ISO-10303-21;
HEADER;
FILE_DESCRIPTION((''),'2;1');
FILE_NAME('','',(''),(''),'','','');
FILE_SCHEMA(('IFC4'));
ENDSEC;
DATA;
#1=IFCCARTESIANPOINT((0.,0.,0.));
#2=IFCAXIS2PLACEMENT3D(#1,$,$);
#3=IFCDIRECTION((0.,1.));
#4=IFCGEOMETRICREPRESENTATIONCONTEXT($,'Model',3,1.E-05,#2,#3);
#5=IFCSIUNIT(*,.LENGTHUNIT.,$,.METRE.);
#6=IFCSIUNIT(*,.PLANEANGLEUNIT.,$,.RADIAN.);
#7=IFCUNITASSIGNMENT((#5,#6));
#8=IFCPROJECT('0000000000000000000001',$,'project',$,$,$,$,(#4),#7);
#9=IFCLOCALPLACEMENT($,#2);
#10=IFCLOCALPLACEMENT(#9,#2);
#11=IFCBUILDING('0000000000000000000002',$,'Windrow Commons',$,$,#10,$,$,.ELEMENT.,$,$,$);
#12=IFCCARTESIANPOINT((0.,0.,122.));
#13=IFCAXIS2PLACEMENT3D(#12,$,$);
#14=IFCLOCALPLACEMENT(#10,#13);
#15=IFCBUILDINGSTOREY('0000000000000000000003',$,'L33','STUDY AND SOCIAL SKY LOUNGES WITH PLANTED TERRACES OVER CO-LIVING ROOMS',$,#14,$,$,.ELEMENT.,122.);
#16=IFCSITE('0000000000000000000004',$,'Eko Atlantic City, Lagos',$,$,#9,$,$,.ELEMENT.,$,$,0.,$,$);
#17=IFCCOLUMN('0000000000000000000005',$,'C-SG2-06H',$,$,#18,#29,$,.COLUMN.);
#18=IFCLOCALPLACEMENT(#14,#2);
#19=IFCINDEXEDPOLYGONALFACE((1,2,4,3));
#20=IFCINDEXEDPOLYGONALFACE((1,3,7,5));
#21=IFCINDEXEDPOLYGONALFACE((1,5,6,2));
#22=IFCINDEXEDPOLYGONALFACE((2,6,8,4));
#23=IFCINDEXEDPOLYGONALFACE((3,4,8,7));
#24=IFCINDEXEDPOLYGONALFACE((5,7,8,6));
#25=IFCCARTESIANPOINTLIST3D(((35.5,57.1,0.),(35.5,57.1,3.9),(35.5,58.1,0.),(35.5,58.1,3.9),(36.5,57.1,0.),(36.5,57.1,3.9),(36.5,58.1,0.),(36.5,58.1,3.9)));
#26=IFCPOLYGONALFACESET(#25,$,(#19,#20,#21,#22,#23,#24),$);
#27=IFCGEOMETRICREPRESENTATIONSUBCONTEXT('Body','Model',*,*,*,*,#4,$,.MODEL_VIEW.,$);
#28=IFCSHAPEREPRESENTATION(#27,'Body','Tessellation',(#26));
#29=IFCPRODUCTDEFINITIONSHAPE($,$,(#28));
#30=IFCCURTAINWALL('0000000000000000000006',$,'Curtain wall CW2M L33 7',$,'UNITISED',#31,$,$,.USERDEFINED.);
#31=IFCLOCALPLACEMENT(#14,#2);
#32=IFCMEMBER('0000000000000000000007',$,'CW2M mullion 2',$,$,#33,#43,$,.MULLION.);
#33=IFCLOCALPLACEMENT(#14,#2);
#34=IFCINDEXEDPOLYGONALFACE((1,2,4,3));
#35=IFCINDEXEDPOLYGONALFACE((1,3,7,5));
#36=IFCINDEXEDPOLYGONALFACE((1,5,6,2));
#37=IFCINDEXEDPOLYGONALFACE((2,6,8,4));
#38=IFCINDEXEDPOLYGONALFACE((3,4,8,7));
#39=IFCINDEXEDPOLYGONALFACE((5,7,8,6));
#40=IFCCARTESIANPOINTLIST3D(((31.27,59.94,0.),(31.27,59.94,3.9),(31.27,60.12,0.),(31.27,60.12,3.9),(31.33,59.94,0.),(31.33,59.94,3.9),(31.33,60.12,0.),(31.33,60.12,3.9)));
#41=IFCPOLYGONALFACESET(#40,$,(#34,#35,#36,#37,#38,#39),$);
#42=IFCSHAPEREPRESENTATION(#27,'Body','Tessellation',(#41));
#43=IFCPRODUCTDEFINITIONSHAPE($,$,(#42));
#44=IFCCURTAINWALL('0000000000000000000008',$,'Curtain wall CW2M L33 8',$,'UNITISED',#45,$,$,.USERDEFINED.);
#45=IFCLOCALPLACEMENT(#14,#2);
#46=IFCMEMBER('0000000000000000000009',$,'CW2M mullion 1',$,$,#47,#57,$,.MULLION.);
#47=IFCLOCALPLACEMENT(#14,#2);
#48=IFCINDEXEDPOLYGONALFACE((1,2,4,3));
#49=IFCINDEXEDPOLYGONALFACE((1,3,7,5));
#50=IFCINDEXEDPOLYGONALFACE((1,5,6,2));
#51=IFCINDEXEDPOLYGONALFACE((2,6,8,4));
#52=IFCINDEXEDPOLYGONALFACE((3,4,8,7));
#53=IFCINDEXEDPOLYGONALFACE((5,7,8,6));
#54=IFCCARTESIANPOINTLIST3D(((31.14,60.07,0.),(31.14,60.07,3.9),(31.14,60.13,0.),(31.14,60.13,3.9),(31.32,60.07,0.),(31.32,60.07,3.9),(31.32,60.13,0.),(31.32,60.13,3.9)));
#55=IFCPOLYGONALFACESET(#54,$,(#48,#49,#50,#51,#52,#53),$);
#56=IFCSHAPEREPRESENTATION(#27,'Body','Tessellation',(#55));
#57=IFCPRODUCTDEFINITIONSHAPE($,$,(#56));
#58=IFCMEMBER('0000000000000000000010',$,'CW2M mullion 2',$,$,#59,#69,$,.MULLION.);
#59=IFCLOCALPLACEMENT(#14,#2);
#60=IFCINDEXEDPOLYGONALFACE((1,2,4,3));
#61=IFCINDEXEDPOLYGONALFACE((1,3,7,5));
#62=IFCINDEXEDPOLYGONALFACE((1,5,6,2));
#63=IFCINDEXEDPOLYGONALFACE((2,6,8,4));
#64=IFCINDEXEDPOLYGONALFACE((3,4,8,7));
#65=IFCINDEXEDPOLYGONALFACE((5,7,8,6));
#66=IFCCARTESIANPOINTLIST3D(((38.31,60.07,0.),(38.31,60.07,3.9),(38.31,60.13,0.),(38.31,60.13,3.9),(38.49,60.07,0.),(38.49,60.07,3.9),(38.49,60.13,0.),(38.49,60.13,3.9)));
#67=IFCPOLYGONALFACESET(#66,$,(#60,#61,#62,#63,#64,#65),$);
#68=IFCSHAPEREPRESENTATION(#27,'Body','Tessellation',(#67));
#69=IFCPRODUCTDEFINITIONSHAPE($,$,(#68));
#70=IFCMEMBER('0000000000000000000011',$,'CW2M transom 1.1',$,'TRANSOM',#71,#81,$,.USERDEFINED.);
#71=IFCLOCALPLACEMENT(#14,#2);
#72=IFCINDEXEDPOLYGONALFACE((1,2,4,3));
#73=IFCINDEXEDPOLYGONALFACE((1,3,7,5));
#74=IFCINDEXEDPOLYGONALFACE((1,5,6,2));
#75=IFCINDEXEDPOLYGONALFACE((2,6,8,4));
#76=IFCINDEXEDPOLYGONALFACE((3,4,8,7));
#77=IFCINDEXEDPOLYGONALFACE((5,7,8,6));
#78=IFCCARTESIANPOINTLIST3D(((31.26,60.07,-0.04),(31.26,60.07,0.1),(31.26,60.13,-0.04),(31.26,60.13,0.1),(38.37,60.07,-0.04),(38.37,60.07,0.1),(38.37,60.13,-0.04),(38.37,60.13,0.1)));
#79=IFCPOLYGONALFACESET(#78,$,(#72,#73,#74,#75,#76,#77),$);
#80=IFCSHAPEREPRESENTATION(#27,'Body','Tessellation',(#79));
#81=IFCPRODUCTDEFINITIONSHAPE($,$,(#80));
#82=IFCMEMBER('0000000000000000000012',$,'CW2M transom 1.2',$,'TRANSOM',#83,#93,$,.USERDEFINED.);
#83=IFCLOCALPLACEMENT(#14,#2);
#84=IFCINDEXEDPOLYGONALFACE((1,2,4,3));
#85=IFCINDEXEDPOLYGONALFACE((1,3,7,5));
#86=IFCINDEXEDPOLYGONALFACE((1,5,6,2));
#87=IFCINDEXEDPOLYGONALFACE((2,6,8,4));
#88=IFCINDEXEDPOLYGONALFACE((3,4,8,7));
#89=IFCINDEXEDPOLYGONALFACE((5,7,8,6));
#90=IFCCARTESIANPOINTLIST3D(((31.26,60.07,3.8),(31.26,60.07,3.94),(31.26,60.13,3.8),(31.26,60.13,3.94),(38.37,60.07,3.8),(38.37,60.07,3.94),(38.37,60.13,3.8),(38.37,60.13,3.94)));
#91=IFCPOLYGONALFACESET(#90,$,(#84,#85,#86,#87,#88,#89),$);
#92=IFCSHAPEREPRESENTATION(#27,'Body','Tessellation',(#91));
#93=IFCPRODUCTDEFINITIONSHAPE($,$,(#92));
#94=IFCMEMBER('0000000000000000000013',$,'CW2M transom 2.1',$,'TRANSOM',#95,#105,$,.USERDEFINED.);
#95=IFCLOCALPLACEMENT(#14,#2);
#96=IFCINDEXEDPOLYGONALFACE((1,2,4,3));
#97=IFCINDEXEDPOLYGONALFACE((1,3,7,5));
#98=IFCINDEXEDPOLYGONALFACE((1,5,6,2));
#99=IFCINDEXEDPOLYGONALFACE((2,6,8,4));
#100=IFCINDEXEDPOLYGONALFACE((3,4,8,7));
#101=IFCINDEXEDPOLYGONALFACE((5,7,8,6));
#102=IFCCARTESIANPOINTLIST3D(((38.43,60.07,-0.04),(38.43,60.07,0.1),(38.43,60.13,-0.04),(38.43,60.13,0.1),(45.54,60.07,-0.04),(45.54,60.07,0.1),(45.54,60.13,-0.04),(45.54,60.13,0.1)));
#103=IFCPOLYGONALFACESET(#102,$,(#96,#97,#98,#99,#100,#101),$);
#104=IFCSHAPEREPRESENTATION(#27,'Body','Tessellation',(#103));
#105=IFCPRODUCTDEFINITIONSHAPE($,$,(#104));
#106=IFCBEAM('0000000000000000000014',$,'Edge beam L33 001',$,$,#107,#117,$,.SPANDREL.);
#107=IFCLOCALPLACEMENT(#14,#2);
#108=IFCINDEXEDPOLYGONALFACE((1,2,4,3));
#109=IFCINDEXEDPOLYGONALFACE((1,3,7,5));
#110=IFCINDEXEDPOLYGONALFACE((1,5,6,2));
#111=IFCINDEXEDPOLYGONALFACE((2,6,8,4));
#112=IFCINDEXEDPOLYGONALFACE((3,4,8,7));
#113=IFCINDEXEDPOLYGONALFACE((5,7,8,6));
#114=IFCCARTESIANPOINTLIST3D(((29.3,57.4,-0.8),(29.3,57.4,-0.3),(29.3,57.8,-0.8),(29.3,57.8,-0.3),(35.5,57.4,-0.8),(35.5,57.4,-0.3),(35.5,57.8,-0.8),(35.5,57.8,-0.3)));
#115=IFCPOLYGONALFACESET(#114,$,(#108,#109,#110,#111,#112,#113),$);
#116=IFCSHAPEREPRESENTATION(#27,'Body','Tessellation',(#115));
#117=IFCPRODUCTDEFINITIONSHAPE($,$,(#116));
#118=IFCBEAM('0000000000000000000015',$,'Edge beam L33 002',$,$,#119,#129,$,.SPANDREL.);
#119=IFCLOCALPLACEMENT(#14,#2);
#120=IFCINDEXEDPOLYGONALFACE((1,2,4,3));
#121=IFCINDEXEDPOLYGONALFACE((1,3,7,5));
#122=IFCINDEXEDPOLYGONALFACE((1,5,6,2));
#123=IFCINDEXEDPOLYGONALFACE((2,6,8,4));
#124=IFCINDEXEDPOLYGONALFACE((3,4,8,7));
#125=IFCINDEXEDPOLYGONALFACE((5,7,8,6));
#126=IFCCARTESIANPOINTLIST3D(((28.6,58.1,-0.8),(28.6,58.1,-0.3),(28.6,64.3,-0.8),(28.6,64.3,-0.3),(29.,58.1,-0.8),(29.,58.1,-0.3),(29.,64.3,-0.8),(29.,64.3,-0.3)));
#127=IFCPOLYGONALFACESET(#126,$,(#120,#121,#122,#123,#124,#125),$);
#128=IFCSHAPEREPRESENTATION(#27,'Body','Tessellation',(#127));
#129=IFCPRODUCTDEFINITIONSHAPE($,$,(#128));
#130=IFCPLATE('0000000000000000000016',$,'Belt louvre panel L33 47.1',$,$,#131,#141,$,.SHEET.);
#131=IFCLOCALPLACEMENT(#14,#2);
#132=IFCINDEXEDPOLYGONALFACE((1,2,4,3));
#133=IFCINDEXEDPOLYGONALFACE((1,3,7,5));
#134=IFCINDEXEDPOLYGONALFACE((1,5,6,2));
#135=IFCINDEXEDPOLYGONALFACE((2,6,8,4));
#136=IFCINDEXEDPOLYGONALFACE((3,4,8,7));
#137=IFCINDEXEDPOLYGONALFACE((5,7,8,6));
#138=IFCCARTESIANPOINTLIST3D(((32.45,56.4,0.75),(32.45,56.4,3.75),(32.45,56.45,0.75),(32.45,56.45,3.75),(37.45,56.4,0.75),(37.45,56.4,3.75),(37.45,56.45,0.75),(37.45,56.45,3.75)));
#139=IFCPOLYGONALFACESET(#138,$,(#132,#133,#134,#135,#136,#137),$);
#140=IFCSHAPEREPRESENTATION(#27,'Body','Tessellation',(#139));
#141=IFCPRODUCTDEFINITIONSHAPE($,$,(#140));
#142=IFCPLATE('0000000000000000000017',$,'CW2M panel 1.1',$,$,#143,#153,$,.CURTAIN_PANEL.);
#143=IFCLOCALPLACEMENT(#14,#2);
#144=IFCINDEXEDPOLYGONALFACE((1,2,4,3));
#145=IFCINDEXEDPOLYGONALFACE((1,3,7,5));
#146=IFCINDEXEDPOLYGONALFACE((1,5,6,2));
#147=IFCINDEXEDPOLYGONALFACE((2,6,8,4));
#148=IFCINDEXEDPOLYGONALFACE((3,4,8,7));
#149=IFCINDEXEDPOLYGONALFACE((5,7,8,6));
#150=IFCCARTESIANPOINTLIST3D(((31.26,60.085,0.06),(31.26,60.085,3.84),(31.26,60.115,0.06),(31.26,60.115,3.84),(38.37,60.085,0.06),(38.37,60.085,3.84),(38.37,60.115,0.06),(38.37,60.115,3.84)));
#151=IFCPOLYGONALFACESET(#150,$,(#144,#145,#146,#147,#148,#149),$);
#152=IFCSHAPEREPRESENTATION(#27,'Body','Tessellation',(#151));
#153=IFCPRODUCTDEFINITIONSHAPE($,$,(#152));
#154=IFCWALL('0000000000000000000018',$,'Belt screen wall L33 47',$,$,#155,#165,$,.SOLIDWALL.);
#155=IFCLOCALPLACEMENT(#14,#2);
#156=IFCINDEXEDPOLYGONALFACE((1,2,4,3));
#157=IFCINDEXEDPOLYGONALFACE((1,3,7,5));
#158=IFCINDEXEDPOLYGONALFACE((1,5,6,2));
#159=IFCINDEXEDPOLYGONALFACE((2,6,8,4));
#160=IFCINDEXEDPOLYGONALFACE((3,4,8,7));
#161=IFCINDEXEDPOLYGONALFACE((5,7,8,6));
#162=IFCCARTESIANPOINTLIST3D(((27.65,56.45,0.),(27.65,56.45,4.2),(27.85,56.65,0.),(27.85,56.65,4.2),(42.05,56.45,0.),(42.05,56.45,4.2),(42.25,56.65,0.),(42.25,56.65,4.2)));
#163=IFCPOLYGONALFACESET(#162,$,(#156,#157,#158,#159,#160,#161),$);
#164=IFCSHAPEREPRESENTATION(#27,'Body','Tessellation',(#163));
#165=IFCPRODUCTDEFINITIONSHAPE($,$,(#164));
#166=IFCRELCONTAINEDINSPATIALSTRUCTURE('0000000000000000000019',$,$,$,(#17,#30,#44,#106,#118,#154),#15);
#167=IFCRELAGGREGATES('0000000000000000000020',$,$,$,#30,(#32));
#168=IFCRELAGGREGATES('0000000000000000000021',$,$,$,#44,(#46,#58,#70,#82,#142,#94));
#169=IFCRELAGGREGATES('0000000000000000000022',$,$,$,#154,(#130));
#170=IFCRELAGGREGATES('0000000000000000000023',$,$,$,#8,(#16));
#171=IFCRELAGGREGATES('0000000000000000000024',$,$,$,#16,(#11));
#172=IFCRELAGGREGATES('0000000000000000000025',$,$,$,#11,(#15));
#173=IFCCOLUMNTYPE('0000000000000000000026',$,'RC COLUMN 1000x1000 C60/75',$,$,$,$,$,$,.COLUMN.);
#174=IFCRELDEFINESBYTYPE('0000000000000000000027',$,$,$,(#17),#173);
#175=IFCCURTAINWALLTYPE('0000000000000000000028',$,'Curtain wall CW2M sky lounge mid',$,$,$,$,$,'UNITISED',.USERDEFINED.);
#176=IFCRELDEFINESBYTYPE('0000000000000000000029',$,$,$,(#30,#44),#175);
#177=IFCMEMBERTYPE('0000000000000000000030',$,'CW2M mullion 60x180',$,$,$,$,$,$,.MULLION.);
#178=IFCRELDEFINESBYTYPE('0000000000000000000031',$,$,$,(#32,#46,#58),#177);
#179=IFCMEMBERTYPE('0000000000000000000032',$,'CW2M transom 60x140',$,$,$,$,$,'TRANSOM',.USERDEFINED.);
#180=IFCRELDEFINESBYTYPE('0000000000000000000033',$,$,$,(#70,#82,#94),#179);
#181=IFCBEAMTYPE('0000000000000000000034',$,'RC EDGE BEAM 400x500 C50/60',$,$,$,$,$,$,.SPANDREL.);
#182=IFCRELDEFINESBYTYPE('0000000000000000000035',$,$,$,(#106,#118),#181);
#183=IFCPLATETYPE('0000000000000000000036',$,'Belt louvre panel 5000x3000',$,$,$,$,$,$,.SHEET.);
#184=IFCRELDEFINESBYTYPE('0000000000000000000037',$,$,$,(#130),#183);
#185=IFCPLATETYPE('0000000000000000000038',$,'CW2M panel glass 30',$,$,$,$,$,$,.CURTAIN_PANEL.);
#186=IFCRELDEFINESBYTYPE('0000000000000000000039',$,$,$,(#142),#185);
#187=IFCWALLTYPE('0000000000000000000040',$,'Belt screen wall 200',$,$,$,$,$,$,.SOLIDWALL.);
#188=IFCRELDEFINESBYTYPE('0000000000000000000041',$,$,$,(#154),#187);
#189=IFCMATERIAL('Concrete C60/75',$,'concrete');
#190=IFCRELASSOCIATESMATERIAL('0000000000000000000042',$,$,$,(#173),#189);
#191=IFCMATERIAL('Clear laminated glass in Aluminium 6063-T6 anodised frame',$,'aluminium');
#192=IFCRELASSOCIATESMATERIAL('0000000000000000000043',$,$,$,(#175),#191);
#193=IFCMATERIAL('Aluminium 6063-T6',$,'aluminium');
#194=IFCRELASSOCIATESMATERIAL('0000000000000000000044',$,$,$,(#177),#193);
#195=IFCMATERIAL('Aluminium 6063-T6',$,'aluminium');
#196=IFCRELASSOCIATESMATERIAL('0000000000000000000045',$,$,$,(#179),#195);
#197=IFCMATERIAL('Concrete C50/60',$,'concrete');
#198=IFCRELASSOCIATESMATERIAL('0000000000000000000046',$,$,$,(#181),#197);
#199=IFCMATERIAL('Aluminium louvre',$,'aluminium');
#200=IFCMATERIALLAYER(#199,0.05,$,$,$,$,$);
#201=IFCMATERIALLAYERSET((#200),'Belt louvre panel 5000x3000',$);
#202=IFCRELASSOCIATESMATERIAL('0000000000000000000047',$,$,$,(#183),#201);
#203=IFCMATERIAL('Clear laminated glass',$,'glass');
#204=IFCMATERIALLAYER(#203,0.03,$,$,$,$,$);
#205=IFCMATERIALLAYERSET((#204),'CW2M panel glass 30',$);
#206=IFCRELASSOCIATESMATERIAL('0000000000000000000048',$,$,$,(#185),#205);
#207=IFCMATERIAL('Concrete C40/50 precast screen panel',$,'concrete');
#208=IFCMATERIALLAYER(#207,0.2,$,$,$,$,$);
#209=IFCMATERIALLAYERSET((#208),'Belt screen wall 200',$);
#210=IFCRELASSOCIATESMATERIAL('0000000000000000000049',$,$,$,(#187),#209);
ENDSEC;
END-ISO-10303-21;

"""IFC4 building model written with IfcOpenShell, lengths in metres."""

from ifc_helpers import new_model, si_unit, direction, frame, origin, origin_2d, place, context, subcontext, project, spatial, polyline, rectangle, outline, extrude, material, layer, layer_set, material_profile, profile_set, type_object, element, aggregate, save


model = new_model("IFC4")

# Units and contexts
model_context = context("Model", 3, precision=1e-05, world=origin(), true_north=direction((0.0, 1.0)))
body_context = subcontext(model_context, "Body", "Model", "MODEL_VIEW")
ifc_project = project(units=[si_unit("LENGTHUNIT", "METRE"), si_unit("PLANEANGLEUNIT", "RADIAN")], contexts=[model_context])

# Site, building, storey
site_placement = place(None, origin())
site = spatial("IfcSite", under=ifc_project, at=site_placement, Name="Eko Atlantic City, Lagos", CompositionType="ELEMENT", RefElevation=0.0)
building_placement = place(site_placement, origin())
building = spatial("IfcBuilding", under=site, at=building_placement, Name="Windrow Commons", CompositionType="ELEMENT")
storey_placement = place(building_placement, frame((0.0, 0.0, 122.0)))
storey = spatial("IfcBuildingStorey", under=building, at=storey_placement, Name="L33", Description="STUDY AND SOCIAL SKY LOUNGES WITH PLANTED TERRACES OVER CO-LIVING ROOMS", CompositionType="ELEMENT", Elevation=122.0)

# Column
ifc_material_1 = material(Name="Concrete C60/75", Category="concrete")
ifc_material_profile_1 = material_profile(ifc_material_1, rectangle(XDim=1.0, YDim=1.0, at=origin_2d()))
ifc_profile_set_1 = profile_set([ifc_material_profile_1], Name="Concrete C60/75")
column_type = type_object("IfcColumnType", Name="RC COLUMN 1000x1000 C60/75", PredefinedType="COLUMN", material=ifc_profile_set_1)
column_placement = place(storey_placement, frame((36.0, 57.6, 0.0), z_axis=(0.0, 0.0, 1.0), x_axis=(1.0, 0.0, 0.0)))
element("IfcColumn", 1, at=column_placement, inside=storey, type_object=column_type, Name="C-SG2-06H", PredefinedType="COLUMN", context=body_context, shape_type="SweptSolid", body=[
    extrude(rectangle(XDim=1.0, YDim=1.0, at=origin_2d()), origin(), (0.0, 0.0, 1.0), 3.9),
])

# Curtain wall, member
ifc_material_2 = material(Name="Clear laminated glass in Aluminium 6063-T6 anodised frame", Category="aluminium")
curtain_wall_type = type_object("IfcCurtainWallType", Name="Curtain wall CW2M sky lounge mid", ElementType="UNITISED", PredefinedType="USERDEFINED", material=ifc_material_2)
placement = place(storey_placement, origin())
curtain_wall_1 = element("IfcCurtainWall", 2, at=placement, inside=storey, type_object=curtain_wall_type, Name="Curtain wall CW2M L33 7", ObjectType="UNITISED", PredefinedType="USERDEFINED")
ifc_material_3 = material(Name="Aluminium 6063-T6", Category="aluminium")
ifc_material_profile_2 = material_profile(ifc_material_3, rectangle(XDim=0.06, YDim=0.18, at=origin_2d()))
ifc_profile_set_2 = profile_set([ifc_material_profile_2], Name="Aluminium 6063-T6")
member_type_1 = type_object("IfcMemberType", Name="CW2M mullion 60x180", PredefinedType="MULLION", material=ifc_profile_set_2)
member_1_placement = place(storey_placement, frame((31.3, 60.03, 0.0), z_axis=(0.0, 0.0, 1.0), x_axis=(1.0, 0.0, 0.0)))
member_1 = element("IfcMember", 3, at=member_1_placement, type_object=member_type_1, Name="CW2M mullion 2", PredefinedType="MULLION", context=body_context, shape_type="SweptSolid", body=[
    extrude(rectangle(XDim=0.06, YDim=0.18, at=origin_2d()), origin(), (0.0, 0.0, 1.0), 3.9),
])
aggregate(curtain_wall_1, [member_1])

# Curtain wall, members
curtain_wall_2 = element("IfcCurtainWall", 4, at=placement, inside=storey, type_object=curtain_wall_type, Name="Curtain wall CW2M L33 8", ObjectType="UNITISED", PredefinedType="USERDEFINED")
member_2_placement = place(storey_placement, frame((31.23, 60.1, 0.0), z_axis=(0.0, 0.0, 1.0), x_axis=(0.0, 1.0, 0.0)))
member_2 = element("IfcMember", 5, at=member_2_placement, type_object=member_type_1, Name="CW2M mullion 1", PredefinedType="MULLION", context=body_context, shape_type="SweptSolid", body=[
    extrude(rectangle(XDim=0.06, YDim=0.18, at=origin_2d()), origin(), (0.0, 0.0, 1.0), 3.9),
])
member_3_placement = place(storey_placement, frame((38.4, 60.1, 0.0), z_axis=(0.0, 0.0, 1.0), x_axis=(0.0, 1.0, 0.0)))
member_3 = element("IfcMember", 6, at=member_3_placement, type_object=member_type_1, Name="CW2M mullion 2", PredefinedType="MULLION", context=body_context, shape_type="SweptSolid", body=[
    extrude(rectangle(XDim=0.06, YDim=0.18, at=origin_2d()), origin(), (0.0, 0.0, 1.0), 3.9),
])
ifc_material_4 = material(Name="Aluminium 6063-T6", Category="aluminium")
ifc_material_profile_3 = material_profile(ifc_material_4, rectangle(XDim=0.06, YDim=0.14, at=origin_2d()))
ifc_profile_set_3 = profile_set([ifc_material_profile_3], Name="Aluminium 6063-T6")
member_type_2 = type_object("IfcMemberType", Name="CW2M transom 60x140", ElementType="TRANSOM", PredefinedType="USERDEFINED", material=ifc_profile_set_3)
member_4_placement = place(storey_placement, frame((31.26, 60.1, 0.03), z_axis=(1.0, 0.0, 0.0), x_axis=(0.0, 1.0, 0.0)))
member_4 = element("IfcMember", 7, at=member_4_placement, type_object=member_type_2, Name="CW2M transom 1.1", ObjectType="TRANSOM", PredefinedType="USERDEFINED", context=body_context, shape_type="SweptSolid", body=[
    extrude(rectangle(XDim=0.06, YDim=0.14, at=origin_2d()), origin(), (0.0, 0.0, 1.0), 7.11),
])
member_5_placement = place(storey_placement, frame((31.26, 60.1, 3.87), z_axis=(1.0, 0.0, 0.0), x_axis=(0.0, 1.0, 0.0)))
member_5 = element("IfcMember", 8, at=member_5_placement, type_object=member_type_2, Name="CW2M transom 1.2", ObjectType="TRANSOM", PredefinedType="USERDEFINED", context=body_context, shape_type="SweptSolid", body=[
    extrude(rectangle(XDim=0.06, YDim=0.14, at=origin_2d()), origin(), (0.0, 0.0, 1.0), 7.11),
])
member_6_placement = place(storey_placement, frame((38.43, 60.1, 0.03), z_axis=(1.0, 0.0, 0.0), x_axis=(0.0, 1.0, 0.0)))
member_6 = element("IfcMember", 9, at=member_6_placement, type_object=member_type_2, Name="CW2M transom 2.1", ObjectType="TRANSOM", PredefinedType="USERDEFINED", context=body_context, shape_type="SweptSolid", body=[
    extrude(rectangle(XDim=0.06, YDim=0.14, at=origin_2d()), origin(), (0.0, 0.0, 1.0), 7.11),
])

# Beams
ifc_material_5 = material(Name="Concrete C50/60", Category="concrete")
ifc_material_profile_4 = material_profile(ifc_material_5, rectangle(XDim=0.4, YDim=0.5, at=origin_2d()))
ifc_profile_set_4 = profile_set([ifc_material_profile_4], Name="Concrete C50/60")
beam_type = type_object("IfcBeamType", Name="RC EDGE BEAM 400x500 C50/60", PredefinedType="SPANDREL", material=ifc_profile_set_4)
for number, where, z_axis, x_axis, name in (
    (10, (35.5, 57.6, -0.55), (-1.0, 0.0, 0.0), (0.0, -1.0, 0.0), "Edge beam L33 001"),
    (11, (28.8, 58.1, -0.55), (0.0, 1.0, 0.0), (-1.0, 0.0, 0.0), "Edge beam L33 002"),
):
    element("IfcBeam", number, at=place(storey_placement, frame(where, z_axis=z_axis, x_axis=x_axis)), inside=storey, type_object=beam_type, Name=name, PredefinedType="SPANDREL", context=body_context, shape_type="SweptSolid", body=[
        extrude(rectangle(XDim=0.4, YDim=0.5, at=origin_2d()), origin(), (0.0, 0.0, 1.0), 6.2),
    ])

# Plates
ifc_material_6 = material(Name="Aluminium louvre", Category="aluminium")
ifc_layer_1 = layer(ifc_material_6, 0.05)
ifc_layer_set_1 = layer_set([ifc_layer_1], Name="Belt louvre panel 5000x3000")
plate_type_1 = type_object("IfcPlateType", Name="Belt louvre panel 5000x3000", PredefinedType="SHEET", material=ifc_layer_set_1)
plate_1_placement = place(storey_placement, frame((32.45, 56.4, 0.75), z_axis=(0.0, -1.0, 0.0), x_axis=(1.0, 0.0, 0.0)))
plate_1 = element("IfcPlate", 12, at=plate_1_placement, type_object=plate_type_1, Name="Belt louvre panel L33 47.1", PredefinedType="SHEET", context=body_context, shape_type="SweptSolid", body=[
    extrude(outline(polyline([(0.0, 0.0), (5.0, 0.0), (5.0, 3.0), (0.0, 3.0), (0.0, 0.0)])), origin(), (0.0, 0.0, -1.0), 0.05),
])
ifc_material_7 = material(Name="Clear laminated glass", Category="glass")
ifc_layer_2 = layer(ifc_material_7, 0.03)
ifc_layer_set_2 = layer_set([ifc_layer_2], Name="CW2M panel glass 30")
plate_type_2 = type_object("IfcPlateType", Name="CW2M panel glass 30", PredefinedType="CURTAIN_PANEL", material=ifc_layer_set_2)
plate_2_placement = place(storey_placement, frame((34.815, 60.1, 0.06), z_axis=(0.0, 0.0, 1.0), x_axis=(1.0, 0.0, 0.0)))
plate_2 = element("IfcPlate", 13, at=plate_2_placement, type_object=plate_type_2, Name="CW2M panel 1.1", PredefinedType="CURTAIN_PANEL", context=body_context, shape_type="SweptSolid", body=[
    extrude(rectangle(XDim=7.11, YDim=0.03, at=origin_2d()), origin(), (0.0, 0.0, 1.0), 3.78),
])
aggregate(curtain_wall_2, [member_2, member_3, member_4, member_5, plate_2, member_6])

# Wall
ifc_material_8 = material(Name="Concrete C40/50 precast screen panel", Category="concrete")
ifc_layer_3 = layer(ifc_material_8, 0.2)
ifc_layer_set_3 = layer_set([ifc_layer_3], Name="Belt screen wall 200")
wall_type_1 = type_object("IfcWallType", Name="Belt screen wall 200", PredefinedType="SOLIDWALL", material=ifc_layer_set_3)
wall_1_placement = place(storey_placement, frame((27.75, 56.55, 0.0), z_axis=(0.0, 0.0, 1.0), x_axis=(1.0, 0.0, 0.0)))
wall_1 = element("IfcWall", 14, at=wall_1_placement, inside=storey, type_object=wall_type_1, Name="Belt screen wall L33 47", PredefinedType="SOLIDWALL", context=body_context, shape_type="SweptSolid", body=[
    extrude(outline(polyline([(-0.1, -0.1), (14.3, -0.1), (14.5, 0.1), (0.1, 0.1), (-0.1, -0.1)])), origin(), (0.0, 0.0, 1.0), 4.2),
])
aggregate(wall_1, [plate_1])

save(model, "model.ifc")
